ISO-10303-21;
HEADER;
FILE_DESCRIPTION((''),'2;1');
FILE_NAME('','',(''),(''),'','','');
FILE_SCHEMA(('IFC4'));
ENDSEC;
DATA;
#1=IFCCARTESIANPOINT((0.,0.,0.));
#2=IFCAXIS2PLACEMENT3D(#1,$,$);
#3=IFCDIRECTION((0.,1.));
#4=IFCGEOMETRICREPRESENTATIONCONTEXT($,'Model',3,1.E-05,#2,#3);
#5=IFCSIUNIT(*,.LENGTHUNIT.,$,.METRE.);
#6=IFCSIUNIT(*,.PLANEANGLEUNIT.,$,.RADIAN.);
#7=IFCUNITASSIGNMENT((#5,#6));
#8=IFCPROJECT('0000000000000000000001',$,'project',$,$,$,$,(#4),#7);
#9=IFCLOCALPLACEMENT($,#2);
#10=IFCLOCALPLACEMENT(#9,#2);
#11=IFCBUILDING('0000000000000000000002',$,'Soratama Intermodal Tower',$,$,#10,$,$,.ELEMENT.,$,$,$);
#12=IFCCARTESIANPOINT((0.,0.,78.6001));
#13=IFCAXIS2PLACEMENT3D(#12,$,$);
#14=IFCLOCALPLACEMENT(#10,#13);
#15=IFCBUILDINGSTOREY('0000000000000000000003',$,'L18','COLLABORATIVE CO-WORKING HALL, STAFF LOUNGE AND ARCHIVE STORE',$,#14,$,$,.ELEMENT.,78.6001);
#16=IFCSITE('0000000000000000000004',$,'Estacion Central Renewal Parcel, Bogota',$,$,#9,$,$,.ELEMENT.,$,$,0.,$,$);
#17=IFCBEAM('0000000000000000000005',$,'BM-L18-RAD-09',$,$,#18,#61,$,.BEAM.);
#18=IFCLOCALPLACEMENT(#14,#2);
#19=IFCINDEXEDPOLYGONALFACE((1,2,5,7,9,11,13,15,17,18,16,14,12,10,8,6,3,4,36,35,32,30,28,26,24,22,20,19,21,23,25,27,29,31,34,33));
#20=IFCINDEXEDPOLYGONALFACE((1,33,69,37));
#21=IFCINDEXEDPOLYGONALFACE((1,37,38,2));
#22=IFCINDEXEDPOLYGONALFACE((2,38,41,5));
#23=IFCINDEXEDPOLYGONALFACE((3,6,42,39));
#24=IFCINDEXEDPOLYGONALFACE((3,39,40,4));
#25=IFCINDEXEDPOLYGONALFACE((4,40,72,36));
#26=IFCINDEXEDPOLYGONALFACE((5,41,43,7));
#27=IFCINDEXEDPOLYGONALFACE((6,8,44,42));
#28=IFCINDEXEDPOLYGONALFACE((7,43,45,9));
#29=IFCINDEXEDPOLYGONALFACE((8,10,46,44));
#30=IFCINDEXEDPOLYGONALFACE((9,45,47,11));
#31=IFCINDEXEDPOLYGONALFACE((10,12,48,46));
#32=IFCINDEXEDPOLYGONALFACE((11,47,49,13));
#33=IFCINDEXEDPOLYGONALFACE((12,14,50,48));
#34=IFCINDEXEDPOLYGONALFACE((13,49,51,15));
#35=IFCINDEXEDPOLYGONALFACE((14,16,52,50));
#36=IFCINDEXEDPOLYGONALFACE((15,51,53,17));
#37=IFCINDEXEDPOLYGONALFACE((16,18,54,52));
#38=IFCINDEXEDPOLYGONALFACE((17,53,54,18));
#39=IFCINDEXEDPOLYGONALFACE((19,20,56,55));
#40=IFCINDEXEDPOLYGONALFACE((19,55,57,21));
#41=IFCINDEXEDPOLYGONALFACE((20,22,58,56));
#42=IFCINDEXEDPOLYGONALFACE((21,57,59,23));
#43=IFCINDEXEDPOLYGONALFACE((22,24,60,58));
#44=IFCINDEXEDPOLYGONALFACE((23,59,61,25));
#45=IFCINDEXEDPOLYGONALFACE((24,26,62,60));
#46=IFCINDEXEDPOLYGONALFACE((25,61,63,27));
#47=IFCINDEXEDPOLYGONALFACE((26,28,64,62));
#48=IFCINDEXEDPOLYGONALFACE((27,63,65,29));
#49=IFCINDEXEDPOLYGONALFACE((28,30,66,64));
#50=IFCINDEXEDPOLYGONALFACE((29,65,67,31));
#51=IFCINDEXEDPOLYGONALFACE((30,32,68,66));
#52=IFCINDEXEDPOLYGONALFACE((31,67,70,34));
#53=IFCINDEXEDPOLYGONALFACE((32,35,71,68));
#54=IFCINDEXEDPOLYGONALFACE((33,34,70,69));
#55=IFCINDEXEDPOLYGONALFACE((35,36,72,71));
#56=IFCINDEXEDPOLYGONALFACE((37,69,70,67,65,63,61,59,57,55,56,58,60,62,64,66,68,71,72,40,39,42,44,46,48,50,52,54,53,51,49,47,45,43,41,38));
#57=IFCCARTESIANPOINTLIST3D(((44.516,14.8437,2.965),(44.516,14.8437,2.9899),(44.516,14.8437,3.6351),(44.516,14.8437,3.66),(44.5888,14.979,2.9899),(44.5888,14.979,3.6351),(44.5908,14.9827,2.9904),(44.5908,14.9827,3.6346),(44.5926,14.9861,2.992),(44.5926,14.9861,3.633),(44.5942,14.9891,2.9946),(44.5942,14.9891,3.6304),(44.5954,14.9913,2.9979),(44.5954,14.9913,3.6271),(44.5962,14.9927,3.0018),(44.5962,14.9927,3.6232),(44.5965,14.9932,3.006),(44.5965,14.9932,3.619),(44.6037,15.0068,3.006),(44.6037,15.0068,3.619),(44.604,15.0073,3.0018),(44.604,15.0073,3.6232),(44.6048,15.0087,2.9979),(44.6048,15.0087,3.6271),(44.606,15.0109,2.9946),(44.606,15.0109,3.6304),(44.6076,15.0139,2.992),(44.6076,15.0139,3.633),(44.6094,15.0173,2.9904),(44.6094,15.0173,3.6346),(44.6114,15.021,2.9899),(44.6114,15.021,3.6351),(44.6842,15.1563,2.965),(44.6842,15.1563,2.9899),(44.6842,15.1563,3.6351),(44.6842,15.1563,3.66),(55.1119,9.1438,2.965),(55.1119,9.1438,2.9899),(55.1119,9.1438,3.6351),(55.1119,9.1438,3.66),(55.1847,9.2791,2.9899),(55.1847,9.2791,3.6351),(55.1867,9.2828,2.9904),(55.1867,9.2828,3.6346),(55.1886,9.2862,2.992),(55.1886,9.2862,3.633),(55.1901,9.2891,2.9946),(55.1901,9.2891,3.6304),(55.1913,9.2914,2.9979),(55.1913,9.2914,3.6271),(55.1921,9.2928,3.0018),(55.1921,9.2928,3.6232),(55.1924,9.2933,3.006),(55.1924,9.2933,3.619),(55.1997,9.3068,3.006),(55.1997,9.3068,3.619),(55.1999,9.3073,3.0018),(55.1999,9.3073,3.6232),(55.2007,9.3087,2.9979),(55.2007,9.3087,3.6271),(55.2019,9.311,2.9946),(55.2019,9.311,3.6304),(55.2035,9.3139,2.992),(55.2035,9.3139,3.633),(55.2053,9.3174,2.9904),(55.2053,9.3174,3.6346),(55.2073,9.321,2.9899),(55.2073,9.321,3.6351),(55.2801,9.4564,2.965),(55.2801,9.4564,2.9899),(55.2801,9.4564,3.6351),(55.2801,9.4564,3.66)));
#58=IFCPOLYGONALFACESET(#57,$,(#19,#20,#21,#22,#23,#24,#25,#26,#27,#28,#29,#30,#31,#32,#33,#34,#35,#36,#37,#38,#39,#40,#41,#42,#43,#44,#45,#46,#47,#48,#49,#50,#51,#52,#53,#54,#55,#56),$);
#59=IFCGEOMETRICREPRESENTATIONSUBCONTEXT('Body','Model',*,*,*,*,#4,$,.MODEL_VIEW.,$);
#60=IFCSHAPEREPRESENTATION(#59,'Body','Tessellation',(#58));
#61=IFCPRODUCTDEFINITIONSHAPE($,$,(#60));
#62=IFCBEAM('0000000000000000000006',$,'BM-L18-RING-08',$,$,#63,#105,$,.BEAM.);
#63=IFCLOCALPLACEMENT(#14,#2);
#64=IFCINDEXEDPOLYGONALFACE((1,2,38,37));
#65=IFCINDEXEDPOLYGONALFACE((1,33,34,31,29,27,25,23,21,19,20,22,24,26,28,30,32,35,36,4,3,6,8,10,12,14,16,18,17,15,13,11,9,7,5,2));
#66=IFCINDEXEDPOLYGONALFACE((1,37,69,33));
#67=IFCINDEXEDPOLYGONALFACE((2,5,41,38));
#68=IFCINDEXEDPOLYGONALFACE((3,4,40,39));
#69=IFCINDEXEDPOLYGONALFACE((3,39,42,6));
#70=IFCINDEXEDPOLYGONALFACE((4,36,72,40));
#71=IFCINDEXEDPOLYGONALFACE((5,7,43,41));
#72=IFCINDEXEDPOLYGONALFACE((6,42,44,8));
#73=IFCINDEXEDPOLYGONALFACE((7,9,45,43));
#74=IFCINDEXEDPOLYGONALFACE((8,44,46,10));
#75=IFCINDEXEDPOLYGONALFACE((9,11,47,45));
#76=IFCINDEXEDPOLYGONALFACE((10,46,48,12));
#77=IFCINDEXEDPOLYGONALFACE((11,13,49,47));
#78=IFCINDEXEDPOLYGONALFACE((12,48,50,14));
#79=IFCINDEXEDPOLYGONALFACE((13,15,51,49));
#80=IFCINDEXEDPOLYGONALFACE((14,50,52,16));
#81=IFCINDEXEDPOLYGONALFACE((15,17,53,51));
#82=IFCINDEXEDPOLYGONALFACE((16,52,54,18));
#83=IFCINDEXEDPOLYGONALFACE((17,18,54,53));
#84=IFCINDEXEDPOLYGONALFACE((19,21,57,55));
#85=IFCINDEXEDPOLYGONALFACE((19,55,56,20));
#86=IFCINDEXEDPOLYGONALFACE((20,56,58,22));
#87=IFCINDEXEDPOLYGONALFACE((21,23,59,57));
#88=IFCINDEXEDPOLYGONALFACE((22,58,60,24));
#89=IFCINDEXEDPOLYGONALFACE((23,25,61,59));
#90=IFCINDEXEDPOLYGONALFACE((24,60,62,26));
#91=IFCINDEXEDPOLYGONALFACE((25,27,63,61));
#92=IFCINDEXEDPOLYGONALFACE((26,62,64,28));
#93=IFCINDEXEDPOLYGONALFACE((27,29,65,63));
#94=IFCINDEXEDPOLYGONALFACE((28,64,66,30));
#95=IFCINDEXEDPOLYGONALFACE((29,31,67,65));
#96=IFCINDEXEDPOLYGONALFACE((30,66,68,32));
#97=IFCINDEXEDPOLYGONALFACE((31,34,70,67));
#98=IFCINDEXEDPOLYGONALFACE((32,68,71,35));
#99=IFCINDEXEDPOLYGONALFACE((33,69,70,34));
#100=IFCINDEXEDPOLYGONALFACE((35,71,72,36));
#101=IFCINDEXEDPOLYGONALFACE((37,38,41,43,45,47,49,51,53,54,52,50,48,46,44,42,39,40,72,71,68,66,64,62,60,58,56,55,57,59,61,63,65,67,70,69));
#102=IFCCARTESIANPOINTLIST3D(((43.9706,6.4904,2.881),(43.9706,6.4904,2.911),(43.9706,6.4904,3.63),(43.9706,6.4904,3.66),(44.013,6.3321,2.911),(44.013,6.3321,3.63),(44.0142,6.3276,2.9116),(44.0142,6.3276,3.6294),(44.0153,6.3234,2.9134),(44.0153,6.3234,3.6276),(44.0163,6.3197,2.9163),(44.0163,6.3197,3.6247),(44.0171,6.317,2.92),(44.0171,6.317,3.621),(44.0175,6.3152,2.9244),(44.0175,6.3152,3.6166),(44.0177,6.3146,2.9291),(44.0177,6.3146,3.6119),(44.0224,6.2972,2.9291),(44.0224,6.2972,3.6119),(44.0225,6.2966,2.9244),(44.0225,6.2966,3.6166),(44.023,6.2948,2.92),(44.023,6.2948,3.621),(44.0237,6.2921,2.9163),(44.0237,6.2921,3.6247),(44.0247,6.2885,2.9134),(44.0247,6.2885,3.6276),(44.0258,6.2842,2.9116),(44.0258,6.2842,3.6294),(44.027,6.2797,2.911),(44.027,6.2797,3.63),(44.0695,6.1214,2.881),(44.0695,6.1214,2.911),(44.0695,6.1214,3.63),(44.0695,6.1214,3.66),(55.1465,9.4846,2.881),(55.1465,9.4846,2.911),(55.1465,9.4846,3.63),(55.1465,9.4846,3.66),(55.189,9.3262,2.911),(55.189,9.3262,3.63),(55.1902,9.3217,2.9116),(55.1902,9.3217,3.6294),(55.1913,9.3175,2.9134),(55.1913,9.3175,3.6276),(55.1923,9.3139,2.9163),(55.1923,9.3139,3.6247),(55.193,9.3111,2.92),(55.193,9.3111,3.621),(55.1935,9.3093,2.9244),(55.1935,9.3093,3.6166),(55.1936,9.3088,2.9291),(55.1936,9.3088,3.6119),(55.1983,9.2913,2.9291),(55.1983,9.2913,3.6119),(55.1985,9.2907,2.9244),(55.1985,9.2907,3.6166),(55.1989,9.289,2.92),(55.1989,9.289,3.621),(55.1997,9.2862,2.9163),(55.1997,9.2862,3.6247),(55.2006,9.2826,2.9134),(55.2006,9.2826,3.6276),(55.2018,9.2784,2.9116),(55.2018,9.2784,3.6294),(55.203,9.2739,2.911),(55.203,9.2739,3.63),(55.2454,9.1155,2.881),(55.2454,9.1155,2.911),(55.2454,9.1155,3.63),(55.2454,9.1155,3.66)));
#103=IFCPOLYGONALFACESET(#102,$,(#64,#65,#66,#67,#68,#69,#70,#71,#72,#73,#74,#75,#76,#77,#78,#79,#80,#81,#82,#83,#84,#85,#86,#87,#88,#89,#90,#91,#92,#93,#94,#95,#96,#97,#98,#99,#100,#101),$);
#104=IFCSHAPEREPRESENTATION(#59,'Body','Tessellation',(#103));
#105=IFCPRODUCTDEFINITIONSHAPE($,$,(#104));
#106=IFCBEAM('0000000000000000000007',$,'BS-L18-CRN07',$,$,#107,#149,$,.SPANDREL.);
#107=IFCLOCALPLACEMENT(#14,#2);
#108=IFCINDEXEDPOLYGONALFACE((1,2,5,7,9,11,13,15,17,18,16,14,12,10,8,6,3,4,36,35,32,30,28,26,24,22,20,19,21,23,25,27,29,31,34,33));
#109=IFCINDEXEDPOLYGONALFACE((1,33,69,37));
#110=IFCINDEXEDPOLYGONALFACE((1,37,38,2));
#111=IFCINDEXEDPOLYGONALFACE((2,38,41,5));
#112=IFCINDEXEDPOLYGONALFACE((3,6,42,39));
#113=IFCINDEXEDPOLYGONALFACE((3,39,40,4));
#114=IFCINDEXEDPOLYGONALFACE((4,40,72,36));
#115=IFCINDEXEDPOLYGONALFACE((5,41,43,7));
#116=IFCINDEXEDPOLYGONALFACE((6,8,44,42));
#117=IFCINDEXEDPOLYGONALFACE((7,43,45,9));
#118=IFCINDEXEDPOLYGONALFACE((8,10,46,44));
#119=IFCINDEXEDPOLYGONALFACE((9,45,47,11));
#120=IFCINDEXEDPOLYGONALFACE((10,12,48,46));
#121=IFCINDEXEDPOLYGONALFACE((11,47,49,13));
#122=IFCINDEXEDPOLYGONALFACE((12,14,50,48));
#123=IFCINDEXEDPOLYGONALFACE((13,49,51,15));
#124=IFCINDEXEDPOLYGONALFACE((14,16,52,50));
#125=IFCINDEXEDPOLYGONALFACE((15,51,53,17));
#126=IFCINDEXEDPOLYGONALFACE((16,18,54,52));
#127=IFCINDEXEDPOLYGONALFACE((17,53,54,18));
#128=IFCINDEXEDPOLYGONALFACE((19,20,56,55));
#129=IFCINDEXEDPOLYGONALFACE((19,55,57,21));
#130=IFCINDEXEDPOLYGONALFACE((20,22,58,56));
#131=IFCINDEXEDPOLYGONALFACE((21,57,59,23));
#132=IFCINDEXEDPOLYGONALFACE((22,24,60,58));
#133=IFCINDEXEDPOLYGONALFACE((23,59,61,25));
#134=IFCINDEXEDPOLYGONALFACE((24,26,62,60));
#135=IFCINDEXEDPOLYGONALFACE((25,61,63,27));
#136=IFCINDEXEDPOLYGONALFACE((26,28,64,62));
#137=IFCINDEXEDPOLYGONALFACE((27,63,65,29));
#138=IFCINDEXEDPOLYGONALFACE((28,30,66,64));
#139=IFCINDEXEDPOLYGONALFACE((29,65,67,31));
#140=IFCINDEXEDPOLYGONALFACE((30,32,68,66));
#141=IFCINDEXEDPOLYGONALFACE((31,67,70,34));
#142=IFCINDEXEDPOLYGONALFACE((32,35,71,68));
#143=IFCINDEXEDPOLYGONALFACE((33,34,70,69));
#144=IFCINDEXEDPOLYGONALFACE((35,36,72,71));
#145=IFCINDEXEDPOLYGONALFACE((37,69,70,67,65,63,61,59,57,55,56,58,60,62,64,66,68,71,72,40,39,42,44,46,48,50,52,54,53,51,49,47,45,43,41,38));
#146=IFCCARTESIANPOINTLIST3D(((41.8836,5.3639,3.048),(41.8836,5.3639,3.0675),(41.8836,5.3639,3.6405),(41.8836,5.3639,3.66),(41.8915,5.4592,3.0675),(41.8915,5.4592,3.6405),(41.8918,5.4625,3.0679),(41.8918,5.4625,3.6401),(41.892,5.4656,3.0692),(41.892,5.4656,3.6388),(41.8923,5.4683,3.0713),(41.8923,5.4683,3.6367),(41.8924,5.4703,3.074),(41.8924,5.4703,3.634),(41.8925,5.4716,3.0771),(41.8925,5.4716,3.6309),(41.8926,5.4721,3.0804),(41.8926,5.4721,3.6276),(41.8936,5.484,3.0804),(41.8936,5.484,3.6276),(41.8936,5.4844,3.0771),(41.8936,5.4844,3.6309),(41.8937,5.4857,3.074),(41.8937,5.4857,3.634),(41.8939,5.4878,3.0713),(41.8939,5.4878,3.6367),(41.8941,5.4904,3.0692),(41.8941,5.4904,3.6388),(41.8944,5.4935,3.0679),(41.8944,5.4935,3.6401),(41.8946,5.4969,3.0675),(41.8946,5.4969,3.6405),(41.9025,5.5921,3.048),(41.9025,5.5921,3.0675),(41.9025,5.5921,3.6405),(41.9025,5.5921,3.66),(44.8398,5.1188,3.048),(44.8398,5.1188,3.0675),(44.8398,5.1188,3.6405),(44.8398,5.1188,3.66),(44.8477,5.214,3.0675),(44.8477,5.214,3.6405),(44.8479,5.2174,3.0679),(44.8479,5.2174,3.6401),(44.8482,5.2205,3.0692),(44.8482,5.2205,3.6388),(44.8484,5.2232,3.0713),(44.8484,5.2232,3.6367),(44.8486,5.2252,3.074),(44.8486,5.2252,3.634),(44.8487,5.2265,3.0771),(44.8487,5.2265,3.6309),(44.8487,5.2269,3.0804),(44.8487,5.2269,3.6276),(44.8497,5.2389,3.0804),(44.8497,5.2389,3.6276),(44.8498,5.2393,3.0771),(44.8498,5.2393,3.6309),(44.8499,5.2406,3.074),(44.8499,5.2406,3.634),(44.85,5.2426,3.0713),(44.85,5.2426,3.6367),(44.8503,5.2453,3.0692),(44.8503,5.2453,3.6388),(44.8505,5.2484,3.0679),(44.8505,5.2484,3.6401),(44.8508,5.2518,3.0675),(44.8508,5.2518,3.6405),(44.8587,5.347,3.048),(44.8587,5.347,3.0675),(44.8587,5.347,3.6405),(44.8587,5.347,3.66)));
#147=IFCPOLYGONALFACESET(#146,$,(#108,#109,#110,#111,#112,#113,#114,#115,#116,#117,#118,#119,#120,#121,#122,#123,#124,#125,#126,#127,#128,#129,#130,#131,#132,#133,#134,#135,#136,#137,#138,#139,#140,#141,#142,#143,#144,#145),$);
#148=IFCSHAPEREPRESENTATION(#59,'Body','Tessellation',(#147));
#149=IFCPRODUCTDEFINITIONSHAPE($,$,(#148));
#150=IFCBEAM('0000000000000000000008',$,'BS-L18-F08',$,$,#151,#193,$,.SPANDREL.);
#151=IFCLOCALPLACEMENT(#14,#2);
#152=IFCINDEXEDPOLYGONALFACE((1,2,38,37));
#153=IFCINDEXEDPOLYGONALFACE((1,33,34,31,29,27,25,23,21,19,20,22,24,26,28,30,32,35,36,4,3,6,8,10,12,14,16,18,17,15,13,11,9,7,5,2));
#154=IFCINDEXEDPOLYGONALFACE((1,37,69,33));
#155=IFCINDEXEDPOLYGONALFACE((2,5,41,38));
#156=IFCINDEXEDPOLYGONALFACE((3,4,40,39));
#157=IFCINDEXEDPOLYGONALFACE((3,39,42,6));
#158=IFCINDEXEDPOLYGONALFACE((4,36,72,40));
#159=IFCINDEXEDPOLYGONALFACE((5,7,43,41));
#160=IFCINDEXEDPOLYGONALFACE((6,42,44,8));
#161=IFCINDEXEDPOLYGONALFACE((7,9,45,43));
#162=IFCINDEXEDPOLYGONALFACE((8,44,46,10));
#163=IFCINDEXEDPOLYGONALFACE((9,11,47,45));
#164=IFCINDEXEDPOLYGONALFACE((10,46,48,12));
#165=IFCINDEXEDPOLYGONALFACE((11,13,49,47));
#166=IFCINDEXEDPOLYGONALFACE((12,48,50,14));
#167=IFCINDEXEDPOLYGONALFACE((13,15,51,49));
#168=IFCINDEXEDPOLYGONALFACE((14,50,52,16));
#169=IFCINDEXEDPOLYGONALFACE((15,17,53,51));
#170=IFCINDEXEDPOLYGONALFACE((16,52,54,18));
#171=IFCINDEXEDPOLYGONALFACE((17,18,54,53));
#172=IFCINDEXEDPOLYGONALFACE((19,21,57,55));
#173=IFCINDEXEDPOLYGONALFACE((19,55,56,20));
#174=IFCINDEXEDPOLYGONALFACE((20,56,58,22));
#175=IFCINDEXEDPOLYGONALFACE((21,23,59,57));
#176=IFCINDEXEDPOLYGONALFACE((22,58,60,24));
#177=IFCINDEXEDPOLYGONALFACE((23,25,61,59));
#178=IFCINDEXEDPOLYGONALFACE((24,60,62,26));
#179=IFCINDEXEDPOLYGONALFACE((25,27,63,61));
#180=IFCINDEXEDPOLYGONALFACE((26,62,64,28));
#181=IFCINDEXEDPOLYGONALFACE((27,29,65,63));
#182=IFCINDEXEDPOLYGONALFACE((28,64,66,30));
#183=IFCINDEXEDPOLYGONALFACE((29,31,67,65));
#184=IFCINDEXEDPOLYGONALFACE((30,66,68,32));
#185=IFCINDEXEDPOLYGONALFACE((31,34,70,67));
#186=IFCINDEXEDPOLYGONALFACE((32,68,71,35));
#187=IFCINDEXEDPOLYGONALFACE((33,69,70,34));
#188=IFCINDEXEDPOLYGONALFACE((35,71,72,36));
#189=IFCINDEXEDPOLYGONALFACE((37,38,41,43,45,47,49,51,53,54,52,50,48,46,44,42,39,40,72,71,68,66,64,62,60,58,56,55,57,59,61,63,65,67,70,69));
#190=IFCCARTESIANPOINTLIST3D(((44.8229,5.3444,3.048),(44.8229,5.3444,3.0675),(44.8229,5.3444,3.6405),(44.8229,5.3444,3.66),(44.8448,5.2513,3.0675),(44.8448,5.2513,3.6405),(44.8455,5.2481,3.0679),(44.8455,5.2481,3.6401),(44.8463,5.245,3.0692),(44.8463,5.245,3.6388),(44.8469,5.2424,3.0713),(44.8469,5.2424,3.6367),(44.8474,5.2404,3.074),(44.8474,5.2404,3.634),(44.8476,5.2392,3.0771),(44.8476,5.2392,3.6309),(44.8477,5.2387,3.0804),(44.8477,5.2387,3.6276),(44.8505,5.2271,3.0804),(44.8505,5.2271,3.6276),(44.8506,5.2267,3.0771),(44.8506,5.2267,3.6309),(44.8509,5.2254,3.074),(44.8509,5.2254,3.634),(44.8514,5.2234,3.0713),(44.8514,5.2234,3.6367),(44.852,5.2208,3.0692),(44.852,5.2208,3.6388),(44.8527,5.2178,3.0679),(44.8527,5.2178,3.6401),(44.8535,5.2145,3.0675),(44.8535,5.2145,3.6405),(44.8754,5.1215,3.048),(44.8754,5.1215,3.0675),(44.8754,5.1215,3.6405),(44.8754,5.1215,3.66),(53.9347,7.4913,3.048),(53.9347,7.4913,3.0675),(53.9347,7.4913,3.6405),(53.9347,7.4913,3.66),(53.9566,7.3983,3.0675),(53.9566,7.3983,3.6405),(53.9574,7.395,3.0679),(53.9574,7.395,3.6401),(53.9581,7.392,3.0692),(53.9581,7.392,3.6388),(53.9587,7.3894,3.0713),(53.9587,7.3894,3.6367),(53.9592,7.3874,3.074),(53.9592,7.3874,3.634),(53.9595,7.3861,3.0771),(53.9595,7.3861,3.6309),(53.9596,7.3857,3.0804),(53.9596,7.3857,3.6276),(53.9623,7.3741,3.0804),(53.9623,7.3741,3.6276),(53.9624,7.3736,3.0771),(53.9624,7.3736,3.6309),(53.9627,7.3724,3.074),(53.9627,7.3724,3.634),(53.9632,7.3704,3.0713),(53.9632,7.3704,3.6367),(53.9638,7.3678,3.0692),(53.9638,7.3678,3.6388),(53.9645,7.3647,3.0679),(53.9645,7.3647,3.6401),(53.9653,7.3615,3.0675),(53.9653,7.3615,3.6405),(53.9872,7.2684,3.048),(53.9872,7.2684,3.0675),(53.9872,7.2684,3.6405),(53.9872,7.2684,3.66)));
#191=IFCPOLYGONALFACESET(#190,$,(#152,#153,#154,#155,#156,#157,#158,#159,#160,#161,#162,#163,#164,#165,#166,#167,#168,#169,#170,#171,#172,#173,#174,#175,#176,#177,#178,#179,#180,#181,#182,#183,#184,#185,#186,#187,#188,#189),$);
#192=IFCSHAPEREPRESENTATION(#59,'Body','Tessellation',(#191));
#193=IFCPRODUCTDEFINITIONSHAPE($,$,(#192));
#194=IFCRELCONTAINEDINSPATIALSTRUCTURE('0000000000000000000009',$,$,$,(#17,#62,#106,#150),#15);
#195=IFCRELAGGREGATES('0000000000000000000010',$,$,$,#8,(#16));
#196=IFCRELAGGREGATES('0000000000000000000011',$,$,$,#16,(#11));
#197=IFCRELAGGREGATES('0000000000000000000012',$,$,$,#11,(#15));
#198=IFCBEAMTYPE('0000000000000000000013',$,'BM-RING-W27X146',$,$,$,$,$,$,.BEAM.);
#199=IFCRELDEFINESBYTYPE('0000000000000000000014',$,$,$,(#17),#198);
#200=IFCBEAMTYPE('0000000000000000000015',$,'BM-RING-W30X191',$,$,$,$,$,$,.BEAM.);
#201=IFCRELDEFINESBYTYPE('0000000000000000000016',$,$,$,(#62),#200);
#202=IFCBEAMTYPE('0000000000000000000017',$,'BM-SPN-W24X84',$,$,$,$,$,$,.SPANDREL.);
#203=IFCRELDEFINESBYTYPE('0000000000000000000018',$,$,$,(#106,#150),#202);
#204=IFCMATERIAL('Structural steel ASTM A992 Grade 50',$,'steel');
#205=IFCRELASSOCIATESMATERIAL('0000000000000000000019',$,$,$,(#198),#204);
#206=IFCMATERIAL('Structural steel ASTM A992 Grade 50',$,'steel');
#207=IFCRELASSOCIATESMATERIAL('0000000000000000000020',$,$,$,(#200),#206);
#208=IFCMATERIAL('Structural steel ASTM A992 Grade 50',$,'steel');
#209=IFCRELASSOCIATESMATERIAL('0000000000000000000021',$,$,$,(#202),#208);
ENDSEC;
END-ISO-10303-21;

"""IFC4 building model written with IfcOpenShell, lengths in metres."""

from ifc_helpers import new_model, si_unit, direction, frame, origin, origin_2d, place, context, subcontext, project, spatial, i_section, extrude, material, material_profile, profile_set, type_object, element, save


model = new_model("IFC4")

# Units and contexts
model_context = context("Model", 3, precision=1e-05, world=origin(), true_north=direction((0.0, 1.0)))
body_context = subcontext(model_context, "Body", "Model", "MODEL_VIEW")
ifc_project = project(units=[si_unit("LENGTHUNIT", "METRE"), si_unit("PLANEANGLEUNIT", "RADIAN")], contexts=[model_context])

# Site, building, storey
site_placement = place(None, origin())
site = spatial("IfcSite", under=ifc_project, at=site_placement, Name="Estacion Central Renewal Parcel, Bogota", CompositionType="ELEMENT", RefElevation=0.0)
building_placement = place(site_placement, origin())
building = spatial("IfcBuilding", under=site, at=building_placement, Name="Soratama Intermodal Tower", CompositionType="ELEMENT")
storey_placement = place(building_placement, frame((0.0, 0.0, 78.6001)))
storey = spatial("IfcBuildingStorey", under=building, at=storey_placement, Name="L18", Description="COLLABORATIVE CO-WORKING HALL, STAFF LOUNGE AND ARCHIVE STORE", CompositionType="ELEMENT", Elevation=78.6001)

# Beams
ifc_material_1 = material(Name="Structural steel ASTM A992 Grade 50", Category="steel")
ifc_material_profile_1 = material_profile(ifc_material_1, i_section(OverallWidth=0.355, OverallDepth=0.6951, WebThickness=0.0154, FlangeThickness=0.0249, FilletRadius=0.0161, at=origin_2d()), Name="W27X146")
ifc_profile_set_1 = profile_set([ifc_material_profile_1], Name="Structural steel ASTM A992 Grade 50")
beam_type_1 = type_object("IfcBeamType", Name="BM-RING-W27X146", PredefinedType="BEAM", material=ifc_profile_set_1)
beam_1_placement = place(storey_placement, frame((44.6001, 15.0, 3.3125), z_axis=(0.880664, -0.473742, 0.0), x_axis=(0.473742, 0.880664, 0.0)))
element("IfcBeam", 1, at=beam_1_placement, inside=storey, type_object=beam_type_1, Name="BM-L18-RAD-09", PredefinedType="BEAM", context=body_context, shape_type="SweptSolid", body=[
    extrude(i_section(OverallWidth=0.355, OverallDepth=0.6951, WebThickness=0.0154, FlangeThickness=0.0249, FilletRadius=0.0161, at=origin_2d()), origin(), (0.0, 0.0, 1.0), 12.0317),
])
ifc_material_2 = material(Name="Structural steel ASTM A992 Grade 50", Category="steel")
ifc_material_profile_2 = material_profile(ifc_material_2, i_section(OverallWidth=0.3821, OverallDepth=0.7791, WebThickness=0.0181, FlangeThickness=0.03, FilletRadius=0.0181, at=origin_2d()), Name="W30X191")
ifc_profile_set_2 = profile_set([ifc_material_profile_2], Name="Structural steel ASTM A992 Grade 50")
beam_type_2 = type_object("IfcBeamType", Name="BM-RING-W30X191", PredefinedType="BEAM", material=ifc_profile_set_2)
beam_2_placement = place(storey_placement, frame((44.02, 6.3059, 3.2705), z_axis=(0.965936, 0.258781, 0.0), x_axis=(-0.258781, 0.965936, 0.0)))
element("IfcBeam", 2, at=beam_2_placement, inside=storey, type_object=beam_type_2, Name="BM-L18-RING-08", PredefinedType="BEAM", context=body_context, shape_type="SweptSolid", body=[
    extrude(i_section(OverallWidth=0.3821, OverallDepth=0.7791, WebThickness=0.0181, FlangeThickness=0.03, FilletRadius=0.0181, at=origin_2d()), origin(), (0.0, 0.0, 1.0), 11.5701),
])
ifc_material_3 = material(Name="Structural steel ASTM A992 Grade 50", Category="steel")
ifc_material_profile_3 = material_profile(ifc_material_3, i_section(OverallWidth=0.229, OverallDepth=0.6121, WebThickness=0.012, FlangeThickness=0.0195, FilletRadius=0.0129, at=origin_2d()), Name="W24X84")
ifc_profile_set_3 = profile_set([ifc_material_profile_3], Name="Structural steel ASTM A992 Grade 50")
beam_type_3 = type_object("IfcBeamType", Name="BM-SPN-W24X84", PredefinedType="SPANDREL", material=ifc_profile_set_3)
beam_3_placement = place(storey_placement, frame((41.8931, 5.478, 3.354), z_axis=(0.99658, -0.082637, 0.0), x_axis=(0.082637, 0.99658, 0.0)))
element("IfcBeam", 3, at=beam_3_placement, inside=storey, type_object=beam_type_3, Name="BS-L18-CRN07", PredefinedType="SPANDREL", context=body_context, shape_type="SweptSolid", body=[
    extrude(i_section(OverallWidth=0.229, OverallDepth=0.6121, WebThickness=0.012, FlangeThickness=0.0195, FilletRadius=0.0129, at=origin_2d()), origin(), (0.0, 0.0, 1.0), 2.9663),
])
beam_4_placement = place(storey_placement, frame((44.8491, 5.2329, 3.354), z_axis=(0.973345, 0.229345, 0.0), x_axis=(-0.229345, 0.973345, 0.0)))
element("IfcBeam", 4, at=beam_4_placement, inside=storey, type_object=beam_type_3, Name="BS-L18-F08", PredefinedType="SPANDREL", context=body_context, shape_type="SweptSolid", body=[
    extrude(i_section(OverallWidth=0.229, OverallDepth=0.6121, WebThickness=0.012, FlangeThickness=0.0195, FilletRadius=0.0129, at=origin_2d()), origin(), (0.0, 0.0, 1.0), 9.3613),
])

save(model, "model.ifc")
